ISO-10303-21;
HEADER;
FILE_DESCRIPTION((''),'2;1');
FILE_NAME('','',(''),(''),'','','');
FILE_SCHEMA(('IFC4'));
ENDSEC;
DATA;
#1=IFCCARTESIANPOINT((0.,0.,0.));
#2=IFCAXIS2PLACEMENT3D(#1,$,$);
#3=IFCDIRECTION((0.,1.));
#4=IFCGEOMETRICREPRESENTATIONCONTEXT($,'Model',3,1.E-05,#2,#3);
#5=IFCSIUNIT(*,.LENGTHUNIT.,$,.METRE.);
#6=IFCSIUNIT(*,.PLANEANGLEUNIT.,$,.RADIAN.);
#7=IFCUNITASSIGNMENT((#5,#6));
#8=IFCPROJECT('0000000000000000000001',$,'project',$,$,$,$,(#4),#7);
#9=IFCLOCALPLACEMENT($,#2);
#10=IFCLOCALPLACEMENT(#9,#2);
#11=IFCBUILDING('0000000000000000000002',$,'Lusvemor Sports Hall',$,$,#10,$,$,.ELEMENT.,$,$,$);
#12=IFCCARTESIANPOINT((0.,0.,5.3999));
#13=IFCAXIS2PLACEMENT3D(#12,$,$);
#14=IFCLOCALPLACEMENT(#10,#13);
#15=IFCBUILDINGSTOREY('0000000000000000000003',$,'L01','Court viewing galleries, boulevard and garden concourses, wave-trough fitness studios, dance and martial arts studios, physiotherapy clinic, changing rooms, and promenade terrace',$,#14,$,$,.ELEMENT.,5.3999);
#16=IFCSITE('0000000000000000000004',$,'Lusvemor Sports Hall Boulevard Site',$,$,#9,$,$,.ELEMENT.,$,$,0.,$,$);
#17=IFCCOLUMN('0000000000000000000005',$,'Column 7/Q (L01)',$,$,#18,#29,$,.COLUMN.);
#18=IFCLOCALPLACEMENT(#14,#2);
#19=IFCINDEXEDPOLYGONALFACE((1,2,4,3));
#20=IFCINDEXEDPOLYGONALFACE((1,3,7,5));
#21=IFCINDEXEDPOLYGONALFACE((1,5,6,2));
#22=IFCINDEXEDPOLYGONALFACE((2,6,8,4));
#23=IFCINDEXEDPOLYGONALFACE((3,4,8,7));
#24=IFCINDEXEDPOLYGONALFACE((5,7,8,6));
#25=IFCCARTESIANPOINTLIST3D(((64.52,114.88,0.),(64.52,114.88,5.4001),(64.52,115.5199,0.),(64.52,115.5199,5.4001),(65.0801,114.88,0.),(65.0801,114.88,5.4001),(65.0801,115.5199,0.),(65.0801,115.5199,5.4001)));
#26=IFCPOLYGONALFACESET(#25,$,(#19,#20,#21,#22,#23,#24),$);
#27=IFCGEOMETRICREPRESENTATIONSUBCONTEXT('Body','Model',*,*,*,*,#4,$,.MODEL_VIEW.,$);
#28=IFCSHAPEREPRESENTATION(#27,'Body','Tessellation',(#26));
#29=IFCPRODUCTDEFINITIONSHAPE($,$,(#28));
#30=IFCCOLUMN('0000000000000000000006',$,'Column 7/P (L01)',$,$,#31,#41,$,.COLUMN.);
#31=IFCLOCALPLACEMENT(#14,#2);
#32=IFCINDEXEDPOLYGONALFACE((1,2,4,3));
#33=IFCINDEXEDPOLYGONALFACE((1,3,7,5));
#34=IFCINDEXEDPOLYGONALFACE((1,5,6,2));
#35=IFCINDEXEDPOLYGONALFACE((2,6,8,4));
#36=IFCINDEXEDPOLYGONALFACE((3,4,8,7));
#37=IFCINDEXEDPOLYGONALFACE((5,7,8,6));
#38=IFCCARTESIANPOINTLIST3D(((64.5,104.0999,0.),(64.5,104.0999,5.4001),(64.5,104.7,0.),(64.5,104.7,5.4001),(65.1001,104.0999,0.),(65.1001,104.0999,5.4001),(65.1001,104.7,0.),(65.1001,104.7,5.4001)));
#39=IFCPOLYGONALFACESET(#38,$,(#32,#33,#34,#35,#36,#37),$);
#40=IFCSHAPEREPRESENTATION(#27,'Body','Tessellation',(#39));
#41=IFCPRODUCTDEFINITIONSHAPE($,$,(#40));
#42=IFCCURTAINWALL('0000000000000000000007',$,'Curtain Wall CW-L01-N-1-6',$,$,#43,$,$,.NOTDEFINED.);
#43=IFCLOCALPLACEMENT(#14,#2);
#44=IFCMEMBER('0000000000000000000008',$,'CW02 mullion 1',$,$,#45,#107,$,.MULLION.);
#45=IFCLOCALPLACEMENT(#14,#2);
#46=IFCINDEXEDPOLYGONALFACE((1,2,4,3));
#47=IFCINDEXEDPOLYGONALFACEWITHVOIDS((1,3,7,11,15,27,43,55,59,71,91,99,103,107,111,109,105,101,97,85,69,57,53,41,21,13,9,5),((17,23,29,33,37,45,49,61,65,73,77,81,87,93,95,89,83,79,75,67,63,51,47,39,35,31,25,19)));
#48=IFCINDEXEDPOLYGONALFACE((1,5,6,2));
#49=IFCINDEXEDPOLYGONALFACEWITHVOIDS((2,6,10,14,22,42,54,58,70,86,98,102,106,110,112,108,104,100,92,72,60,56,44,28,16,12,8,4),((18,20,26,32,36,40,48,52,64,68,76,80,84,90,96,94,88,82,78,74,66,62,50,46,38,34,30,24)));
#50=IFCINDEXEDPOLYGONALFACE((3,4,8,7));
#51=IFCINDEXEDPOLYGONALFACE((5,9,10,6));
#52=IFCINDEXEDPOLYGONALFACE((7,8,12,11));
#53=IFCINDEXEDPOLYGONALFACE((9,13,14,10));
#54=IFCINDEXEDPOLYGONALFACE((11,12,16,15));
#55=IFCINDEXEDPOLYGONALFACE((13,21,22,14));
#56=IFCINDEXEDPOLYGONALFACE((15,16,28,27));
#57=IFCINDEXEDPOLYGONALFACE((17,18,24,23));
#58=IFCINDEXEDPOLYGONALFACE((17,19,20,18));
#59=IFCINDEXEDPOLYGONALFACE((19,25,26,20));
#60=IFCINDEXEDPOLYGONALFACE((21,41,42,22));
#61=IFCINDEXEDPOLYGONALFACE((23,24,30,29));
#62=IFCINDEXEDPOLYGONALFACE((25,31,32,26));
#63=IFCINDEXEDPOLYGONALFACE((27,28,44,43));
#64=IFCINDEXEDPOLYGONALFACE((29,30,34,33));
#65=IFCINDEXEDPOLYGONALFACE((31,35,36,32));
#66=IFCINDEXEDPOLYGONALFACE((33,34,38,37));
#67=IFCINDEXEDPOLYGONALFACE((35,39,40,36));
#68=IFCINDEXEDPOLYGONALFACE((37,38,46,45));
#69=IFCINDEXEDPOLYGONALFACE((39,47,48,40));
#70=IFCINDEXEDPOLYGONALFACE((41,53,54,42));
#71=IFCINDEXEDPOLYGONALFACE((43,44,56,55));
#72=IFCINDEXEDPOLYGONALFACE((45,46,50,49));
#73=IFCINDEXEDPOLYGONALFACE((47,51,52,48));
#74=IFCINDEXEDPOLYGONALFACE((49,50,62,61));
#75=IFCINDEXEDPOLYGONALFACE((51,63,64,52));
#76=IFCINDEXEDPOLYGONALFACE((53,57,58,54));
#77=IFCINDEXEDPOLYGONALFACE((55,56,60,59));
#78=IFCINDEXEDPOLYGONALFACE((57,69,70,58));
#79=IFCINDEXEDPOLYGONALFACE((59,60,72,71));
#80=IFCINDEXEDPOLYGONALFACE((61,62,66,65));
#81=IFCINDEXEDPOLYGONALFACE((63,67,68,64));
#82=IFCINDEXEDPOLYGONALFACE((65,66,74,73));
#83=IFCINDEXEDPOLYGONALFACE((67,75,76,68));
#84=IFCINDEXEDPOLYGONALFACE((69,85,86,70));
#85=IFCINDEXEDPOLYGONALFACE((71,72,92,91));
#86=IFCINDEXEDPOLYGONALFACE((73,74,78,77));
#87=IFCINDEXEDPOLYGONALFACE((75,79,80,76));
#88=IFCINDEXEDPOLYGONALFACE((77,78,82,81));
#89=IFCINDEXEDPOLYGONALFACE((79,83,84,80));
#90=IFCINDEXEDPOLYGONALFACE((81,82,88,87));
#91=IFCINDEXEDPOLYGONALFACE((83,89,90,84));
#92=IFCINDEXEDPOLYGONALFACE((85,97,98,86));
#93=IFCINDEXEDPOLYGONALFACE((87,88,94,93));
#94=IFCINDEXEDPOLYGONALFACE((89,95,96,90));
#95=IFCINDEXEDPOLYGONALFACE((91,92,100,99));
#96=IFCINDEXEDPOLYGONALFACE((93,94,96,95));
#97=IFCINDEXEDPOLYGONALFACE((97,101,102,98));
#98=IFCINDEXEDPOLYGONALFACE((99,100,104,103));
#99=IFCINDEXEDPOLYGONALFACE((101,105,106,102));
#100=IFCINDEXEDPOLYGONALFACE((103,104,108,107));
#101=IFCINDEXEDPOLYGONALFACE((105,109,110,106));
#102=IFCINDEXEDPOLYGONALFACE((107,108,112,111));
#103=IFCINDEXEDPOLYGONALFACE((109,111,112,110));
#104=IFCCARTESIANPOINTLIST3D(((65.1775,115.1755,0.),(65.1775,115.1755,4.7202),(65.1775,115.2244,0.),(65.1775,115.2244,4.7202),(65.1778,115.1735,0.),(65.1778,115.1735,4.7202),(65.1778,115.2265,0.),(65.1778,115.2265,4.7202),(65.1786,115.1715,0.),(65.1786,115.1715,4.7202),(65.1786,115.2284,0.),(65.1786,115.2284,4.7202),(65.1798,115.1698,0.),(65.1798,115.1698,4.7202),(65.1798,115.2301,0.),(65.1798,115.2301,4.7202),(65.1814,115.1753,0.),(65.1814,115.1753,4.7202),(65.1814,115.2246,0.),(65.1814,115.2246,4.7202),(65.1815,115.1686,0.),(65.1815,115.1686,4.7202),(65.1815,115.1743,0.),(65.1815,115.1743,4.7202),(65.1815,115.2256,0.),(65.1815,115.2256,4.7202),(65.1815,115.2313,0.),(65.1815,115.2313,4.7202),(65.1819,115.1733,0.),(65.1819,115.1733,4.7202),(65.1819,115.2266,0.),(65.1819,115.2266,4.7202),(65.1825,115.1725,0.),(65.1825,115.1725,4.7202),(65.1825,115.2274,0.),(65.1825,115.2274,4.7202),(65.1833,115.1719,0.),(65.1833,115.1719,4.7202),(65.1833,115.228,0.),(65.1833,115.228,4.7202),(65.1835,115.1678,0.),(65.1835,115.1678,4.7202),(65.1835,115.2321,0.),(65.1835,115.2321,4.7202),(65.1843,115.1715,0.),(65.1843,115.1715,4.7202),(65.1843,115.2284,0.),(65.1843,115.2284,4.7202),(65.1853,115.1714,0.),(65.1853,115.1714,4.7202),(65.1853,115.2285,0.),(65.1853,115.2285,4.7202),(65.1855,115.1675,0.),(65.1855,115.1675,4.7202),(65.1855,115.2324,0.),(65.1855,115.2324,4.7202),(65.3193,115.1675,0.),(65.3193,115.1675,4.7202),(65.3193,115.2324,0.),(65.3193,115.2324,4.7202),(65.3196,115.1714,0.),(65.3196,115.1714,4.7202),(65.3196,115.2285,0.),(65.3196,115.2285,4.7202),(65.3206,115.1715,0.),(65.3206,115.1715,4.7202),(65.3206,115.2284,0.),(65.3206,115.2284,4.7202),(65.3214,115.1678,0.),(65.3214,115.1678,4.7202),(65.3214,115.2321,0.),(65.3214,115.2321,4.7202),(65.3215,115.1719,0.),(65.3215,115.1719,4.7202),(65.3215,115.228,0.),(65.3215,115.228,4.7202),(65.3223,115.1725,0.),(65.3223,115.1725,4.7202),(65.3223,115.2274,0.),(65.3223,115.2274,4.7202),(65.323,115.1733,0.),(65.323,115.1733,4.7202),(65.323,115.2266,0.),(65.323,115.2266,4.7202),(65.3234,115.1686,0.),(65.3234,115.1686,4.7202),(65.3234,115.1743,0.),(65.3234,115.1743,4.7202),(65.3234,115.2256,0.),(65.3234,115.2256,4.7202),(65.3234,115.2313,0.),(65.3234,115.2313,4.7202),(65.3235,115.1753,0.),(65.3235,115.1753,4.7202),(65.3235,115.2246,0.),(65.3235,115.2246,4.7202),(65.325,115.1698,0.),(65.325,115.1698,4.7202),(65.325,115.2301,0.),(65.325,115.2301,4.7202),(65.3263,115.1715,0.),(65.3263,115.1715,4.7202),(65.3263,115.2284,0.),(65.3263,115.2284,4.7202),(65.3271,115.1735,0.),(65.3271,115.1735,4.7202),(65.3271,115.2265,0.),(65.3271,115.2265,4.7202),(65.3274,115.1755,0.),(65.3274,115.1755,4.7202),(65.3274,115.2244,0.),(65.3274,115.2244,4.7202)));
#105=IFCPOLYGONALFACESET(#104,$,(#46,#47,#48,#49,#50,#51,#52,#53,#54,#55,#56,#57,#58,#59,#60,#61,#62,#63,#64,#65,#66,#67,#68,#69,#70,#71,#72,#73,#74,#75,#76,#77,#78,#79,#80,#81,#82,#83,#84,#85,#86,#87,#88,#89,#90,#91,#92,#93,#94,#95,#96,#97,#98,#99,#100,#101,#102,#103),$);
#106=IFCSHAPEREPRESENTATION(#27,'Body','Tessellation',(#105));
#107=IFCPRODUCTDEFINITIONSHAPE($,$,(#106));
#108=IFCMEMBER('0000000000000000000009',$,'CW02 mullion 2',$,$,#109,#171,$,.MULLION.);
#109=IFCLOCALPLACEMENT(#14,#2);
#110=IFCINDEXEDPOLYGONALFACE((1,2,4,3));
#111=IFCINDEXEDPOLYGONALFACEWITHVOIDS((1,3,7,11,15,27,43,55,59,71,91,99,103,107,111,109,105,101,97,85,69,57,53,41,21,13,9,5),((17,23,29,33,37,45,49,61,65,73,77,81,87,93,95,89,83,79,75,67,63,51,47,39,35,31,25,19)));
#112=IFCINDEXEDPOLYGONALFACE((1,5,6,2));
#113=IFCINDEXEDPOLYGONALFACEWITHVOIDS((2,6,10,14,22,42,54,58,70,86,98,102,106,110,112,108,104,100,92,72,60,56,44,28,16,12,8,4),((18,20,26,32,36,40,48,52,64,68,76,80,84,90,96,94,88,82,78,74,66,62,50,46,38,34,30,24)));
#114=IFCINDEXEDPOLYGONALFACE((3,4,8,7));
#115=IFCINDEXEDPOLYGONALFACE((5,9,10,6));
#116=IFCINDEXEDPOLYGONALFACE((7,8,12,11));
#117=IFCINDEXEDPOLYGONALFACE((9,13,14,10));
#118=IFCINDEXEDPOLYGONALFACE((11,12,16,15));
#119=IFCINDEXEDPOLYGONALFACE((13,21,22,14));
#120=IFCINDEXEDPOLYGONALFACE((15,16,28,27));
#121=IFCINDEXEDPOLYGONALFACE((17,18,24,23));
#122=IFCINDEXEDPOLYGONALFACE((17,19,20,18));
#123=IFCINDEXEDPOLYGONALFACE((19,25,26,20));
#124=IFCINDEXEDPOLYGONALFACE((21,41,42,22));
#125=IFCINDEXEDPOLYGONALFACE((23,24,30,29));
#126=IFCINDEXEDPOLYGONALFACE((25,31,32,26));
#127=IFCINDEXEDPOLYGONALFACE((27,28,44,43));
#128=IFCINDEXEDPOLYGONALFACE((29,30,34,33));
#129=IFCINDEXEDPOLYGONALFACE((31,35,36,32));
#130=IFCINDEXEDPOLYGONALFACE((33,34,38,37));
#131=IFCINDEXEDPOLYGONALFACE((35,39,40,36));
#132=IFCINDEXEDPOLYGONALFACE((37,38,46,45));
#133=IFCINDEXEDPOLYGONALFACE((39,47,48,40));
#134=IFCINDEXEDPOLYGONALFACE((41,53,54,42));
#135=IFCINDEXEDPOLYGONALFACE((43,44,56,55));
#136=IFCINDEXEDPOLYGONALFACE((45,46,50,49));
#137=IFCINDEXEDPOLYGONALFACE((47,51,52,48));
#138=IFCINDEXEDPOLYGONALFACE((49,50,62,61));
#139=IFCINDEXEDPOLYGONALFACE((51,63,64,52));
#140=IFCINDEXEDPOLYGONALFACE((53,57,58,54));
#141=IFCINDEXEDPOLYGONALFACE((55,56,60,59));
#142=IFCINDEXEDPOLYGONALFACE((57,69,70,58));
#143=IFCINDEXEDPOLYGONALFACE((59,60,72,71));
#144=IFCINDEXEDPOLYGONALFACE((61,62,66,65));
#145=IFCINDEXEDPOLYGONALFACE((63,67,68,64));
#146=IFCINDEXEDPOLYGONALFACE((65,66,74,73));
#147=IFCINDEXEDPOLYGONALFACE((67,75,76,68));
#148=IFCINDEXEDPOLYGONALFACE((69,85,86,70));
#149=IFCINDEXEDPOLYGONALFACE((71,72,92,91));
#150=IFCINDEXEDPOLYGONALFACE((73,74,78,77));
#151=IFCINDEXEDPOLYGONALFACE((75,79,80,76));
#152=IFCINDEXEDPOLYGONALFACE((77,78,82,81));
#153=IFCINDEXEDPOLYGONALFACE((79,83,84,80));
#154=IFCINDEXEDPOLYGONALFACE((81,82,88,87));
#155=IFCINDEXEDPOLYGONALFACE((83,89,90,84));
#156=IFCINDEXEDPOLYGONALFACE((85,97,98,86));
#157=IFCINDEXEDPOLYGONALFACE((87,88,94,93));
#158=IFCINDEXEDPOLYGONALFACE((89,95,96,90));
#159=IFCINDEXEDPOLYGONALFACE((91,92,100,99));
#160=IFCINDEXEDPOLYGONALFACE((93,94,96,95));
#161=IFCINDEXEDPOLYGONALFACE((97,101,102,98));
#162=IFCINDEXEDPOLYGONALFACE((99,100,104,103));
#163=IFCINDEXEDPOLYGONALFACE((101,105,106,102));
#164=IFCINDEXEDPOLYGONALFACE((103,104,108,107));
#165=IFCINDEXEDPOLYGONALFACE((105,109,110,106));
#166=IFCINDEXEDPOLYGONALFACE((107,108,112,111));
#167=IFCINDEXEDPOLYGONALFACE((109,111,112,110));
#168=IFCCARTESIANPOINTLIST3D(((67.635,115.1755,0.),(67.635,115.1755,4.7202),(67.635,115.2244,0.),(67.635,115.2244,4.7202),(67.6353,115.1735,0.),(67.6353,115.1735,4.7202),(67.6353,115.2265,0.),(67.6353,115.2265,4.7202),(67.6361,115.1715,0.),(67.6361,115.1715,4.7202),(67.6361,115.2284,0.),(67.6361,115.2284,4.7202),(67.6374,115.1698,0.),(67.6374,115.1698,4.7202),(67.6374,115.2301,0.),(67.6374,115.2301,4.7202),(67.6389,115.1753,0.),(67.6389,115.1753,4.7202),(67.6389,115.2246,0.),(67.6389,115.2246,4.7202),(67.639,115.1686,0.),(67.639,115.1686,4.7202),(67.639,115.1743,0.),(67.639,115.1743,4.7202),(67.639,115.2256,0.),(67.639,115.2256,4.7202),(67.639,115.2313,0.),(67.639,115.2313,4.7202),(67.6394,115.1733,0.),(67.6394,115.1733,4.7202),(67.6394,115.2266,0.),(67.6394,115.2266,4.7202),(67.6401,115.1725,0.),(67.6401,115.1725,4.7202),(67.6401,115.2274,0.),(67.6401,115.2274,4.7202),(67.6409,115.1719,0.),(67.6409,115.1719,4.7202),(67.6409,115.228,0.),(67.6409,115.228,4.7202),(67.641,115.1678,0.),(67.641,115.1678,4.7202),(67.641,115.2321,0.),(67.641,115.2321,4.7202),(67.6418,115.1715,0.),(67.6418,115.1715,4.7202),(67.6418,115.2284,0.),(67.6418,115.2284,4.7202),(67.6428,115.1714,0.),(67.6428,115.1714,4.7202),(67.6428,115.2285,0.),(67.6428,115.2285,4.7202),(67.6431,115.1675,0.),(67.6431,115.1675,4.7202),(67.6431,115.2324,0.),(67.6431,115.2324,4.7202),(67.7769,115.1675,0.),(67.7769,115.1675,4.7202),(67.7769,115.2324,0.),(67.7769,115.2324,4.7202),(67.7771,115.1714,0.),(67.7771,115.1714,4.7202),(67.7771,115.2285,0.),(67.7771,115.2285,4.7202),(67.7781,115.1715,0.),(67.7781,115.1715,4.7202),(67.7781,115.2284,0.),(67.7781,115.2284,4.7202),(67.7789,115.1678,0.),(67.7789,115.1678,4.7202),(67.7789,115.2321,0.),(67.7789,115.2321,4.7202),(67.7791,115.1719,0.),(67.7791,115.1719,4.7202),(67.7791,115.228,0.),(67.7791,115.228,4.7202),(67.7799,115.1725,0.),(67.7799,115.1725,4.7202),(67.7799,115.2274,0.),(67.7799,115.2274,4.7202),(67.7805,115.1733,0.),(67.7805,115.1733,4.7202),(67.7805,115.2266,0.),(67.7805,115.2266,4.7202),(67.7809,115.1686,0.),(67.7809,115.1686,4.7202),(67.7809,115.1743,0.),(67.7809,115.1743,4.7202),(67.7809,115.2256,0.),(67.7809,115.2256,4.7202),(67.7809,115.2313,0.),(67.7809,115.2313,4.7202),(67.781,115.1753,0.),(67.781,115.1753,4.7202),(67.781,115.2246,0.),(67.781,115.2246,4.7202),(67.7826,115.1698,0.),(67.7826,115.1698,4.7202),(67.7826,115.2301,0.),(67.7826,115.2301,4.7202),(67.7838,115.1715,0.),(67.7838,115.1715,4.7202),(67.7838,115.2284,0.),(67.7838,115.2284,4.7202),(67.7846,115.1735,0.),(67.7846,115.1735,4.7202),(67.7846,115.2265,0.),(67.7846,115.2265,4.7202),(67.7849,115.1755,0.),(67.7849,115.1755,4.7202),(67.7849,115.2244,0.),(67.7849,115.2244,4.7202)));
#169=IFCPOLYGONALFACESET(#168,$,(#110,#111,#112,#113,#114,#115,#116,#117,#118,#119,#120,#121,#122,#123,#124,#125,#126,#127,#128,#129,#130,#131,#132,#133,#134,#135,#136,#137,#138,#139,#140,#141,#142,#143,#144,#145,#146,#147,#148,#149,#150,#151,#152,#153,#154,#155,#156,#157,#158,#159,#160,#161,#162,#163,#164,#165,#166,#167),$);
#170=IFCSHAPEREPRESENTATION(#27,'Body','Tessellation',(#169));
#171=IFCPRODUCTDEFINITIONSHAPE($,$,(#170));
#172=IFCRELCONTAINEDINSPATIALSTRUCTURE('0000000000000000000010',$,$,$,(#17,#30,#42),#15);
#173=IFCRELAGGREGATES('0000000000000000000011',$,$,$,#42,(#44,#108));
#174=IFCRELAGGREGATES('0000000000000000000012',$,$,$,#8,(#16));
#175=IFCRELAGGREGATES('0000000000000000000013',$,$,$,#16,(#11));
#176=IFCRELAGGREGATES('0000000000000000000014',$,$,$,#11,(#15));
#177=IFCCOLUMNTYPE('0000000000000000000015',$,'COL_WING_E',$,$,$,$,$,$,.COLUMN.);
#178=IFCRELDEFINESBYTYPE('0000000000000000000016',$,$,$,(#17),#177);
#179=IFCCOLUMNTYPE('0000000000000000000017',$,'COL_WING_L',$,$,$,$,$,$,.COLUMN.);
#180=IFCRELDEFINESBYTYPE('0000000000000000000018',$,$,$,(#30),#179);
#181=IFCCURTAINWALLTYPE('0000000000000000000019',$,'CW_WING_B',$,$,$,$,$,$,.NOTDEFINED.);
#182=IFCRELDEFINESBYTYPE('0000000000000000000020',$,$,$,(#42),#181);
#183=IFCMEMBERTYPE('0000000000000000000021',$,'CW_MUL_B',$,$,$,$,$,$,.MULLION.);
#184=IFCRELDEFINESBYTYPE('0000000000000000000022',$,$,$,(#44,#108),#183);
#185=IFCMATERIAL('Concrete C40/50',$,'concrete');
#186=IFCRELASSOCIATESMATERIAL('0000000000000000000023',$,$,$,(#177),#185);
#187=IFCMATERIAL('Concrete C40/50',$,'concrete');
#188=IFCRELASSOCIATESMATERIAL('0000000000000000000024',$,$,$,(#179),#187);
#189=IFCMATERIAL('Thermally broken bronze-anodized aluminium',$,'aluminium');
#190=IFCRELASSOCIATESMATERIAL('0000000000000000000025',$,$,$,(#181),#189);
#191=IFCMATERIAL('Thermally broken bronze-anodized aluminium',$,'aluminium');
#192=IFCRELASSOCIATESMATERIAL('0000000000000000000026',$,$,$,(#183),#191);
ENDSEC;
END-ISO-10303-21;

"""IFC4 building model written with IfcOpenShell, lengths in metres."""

from ifc_helpers import new_model, si_unit, direction, frame, origin, origin_2d, place, context, subcontext, project, spatial, rectangle, hollow_rectangle, extrude, material, material_profile, profile_set, type_object, element, aggregate, save


model = new_model("IFC4")

# Units and contexts
model_context = context("Model", 3, precision=1e-05, world=origin(), true_north=direction((0.0, 1.0)))
body_context = subcontext(model_context, "Body", "Model", "MODEL_VIEW")
ifc_project = project(units=[si_unit("LENGTHUNIT", "METRE"), si_unit("PLANEANGLEUNIT", "RADIAN")], contexts=[model_context])

# Site, building, storey
site_placement = place(None, origin())
site = spatial("IfcSite", under=ifc_project, at=site_placement, Name="Lusvemor Sports Hall Boulevard Site", CompositionType="ELEMENT", RefElevation=0.0)
building_placement = place(site_placement, origin())
building = spatial("IfcBuilding", under=site, at=building_placement, Name="Lusvemor Sports Hall", CompositionType="ELEMENT")
storey_placement = place(building_placement, frame((0.0, 0.0, 5.3999)))
storey = spatial("IfcBuildingStorey", under=building, at=storey_placement, Name="L01", Description="Court viewing galleries, boulevard and garden concourses, wave-trough fitness studios, dance and martial arts studios, physiotherapy clinic, changing rooms, and promenade terrace", CompositionType="ELEMENT", Elevation=5.3999)

# Columns
ifc_material_1 = material(Name="Concrete C40/50", Category="concrete")
ifc_material_profile_1 = material_profile(ifc_material_1, rectangle(XDim=0.5601, YDim=0.6399, at=origin_2d()), Name="RC560x640")
ifc_profile_set_1 = profile_set([ifc_material_profile_1], Name="Concrete C40/50")
column_type_1 = type_object("IfcColumnType", Name="COL_WING_E", PredefinedType="COLUMN", material=ifc_profile_set_1)
column_1_placement = place(storey_placement, frame((64.8, 115.2, 0.0), z_axis=(0.0, 0.0, 1.0), x_axis=(1.0, 0.0, 0.0)))
element("IfcColumn", 1, at=column_1_placement, inside=storey, type_object=column_type_1, Name="Column 7/Q (L01)", PredefinedType="COLUMN", context=body_context, shape_type="SweptSolid", body=[
    extrude(rectangle(XDim=0.5601, YDim=0.6399, at=origin_2d()), origin(), (0.0, 0.0, 1.0), 5.4001),
])
ifc_material_2 = material(Name="Concrete C40/50", Category="concrete")
ifc_material_profile_2 = material_profile(ifc_material_2, rectangle(XDim=0.6001, YDim=0.6001, at=origin_2d()), Name="RC600x600")
ifc_profile_set_2 = profile_set([ifc_material_profile_2], Name="Concrete C40/50")
column_type_2 = type_object("IfcColumnType", Name="COL_WING_L", PredefinedType="COLUMN", material=ifc_profile_set_2)
column_2_placement = place(storey_placement, frame((64.8, 104.3999, 0.0), z_axis=(0.0, 0.0, 1.0), x_axis=(1.0, 0.0, 0.0)))
element("IfcColumn", 2, at=column_2_placement, inside=storey, type_object=column_type_2, Name="Column 7/P (L01)", PredefinedType="COLUMN", context=body_context, shape_type="SweptSolid", body=[
    extrude(rectangle(XDim=0.6001, YDim=0.6001, at=origin_2d()), origin(), (0.0, 0.0, 1.0), 5.4001),
])

# Curtain wall, members
ifc_material_3 = material(Name="Thermally broken bronze-anodized aluminium", Category="aluminium")
curtain_wall_type = type_object("IfcCurtainWallType", Name="CW_WING_B", PredefinedType="NOTDEFINED", material=ifc_material_3)
curtain_wall_placement = place(storey_placement, origin())
curtain_wall = element("IfcCurtainWall", 3, at=curtain_wall_placement, inside=storey, type_object=curtain_wall_type, Name="Curtain Wall CW-L01-N-1-6", PredefinedType="NOTDEFINED")
ifc_material_4 = material(Name="Thermally broken bronze-anodized aluminium", Category="aluminium")
ifc_material_profile_3 = material_profile(ifc_material_4, hollow_rectangle(XDim=0.0649, YDim=0.1499, WallThickness=0.0039, InnerFilletRadius=0.0039, OuterFilletRadius=0.0081, at=origin_2d()), Name="CWMUL150x65x4")
ifc_profile_set_3 = profile_set([ifc_material_profile_3], Name="Thermally broken bronze-anodized aluminium")
member_type_1 = type_object("IfcMemberType", Name="CW_MUL_B", PredefinedType="MULLION", material=ifc_profile_set_3)
member_1_placement = place(storey_placement, frame((65.2524, 115.2, 0.0), z_axis=(0.0, 0.0, 1.0), x_axis=(0.0, 1.0, 0.0)))
member_1 = element("IfcMember", 4, at=member_1_placement, type_object=member_type_1, Name="CW02 mullion 1", PredefinedType="MULLION", context=body_context, shape_type="SweptSolid", body=[
    extrude(hollow_rectangle(XDim=0.0649, YDim=0.1499, WallThickness=0.0039, InnerFilletRadius=0.0039, OuterFilletRadius=0.0081, at=origin_2d()), origin(), (0.0, 0.0, 1.0), 4.7202),
])
member_2_placement = place(storey_placement, frame((67.71, 115.2, 0.0), z_axis=(0.0, 0.0, 1.0), x_axis=(0.0, 1.0, 0.0)))
member_2 = element("IfcMember", 5, at=member_2_placement, type_object=member_type_1, Name="CW02 mullion 2", PredefinedType="MULLION", context=body_context, shape_type="SweptSolid", body=[
    extrude(hollow_rectangle(XDim=0.0649, YDim=0.1499, WallThickness=0.0039, InnerFilletRadius=0.0039, OuterFilletRadius=0.0081, at=origin_2d()), origin(), (0.0, 0.0, 1.0), 4.7202),
])

aggregate(curtain_wall, [member_1, member_2])

save(model, "model.ifc")
